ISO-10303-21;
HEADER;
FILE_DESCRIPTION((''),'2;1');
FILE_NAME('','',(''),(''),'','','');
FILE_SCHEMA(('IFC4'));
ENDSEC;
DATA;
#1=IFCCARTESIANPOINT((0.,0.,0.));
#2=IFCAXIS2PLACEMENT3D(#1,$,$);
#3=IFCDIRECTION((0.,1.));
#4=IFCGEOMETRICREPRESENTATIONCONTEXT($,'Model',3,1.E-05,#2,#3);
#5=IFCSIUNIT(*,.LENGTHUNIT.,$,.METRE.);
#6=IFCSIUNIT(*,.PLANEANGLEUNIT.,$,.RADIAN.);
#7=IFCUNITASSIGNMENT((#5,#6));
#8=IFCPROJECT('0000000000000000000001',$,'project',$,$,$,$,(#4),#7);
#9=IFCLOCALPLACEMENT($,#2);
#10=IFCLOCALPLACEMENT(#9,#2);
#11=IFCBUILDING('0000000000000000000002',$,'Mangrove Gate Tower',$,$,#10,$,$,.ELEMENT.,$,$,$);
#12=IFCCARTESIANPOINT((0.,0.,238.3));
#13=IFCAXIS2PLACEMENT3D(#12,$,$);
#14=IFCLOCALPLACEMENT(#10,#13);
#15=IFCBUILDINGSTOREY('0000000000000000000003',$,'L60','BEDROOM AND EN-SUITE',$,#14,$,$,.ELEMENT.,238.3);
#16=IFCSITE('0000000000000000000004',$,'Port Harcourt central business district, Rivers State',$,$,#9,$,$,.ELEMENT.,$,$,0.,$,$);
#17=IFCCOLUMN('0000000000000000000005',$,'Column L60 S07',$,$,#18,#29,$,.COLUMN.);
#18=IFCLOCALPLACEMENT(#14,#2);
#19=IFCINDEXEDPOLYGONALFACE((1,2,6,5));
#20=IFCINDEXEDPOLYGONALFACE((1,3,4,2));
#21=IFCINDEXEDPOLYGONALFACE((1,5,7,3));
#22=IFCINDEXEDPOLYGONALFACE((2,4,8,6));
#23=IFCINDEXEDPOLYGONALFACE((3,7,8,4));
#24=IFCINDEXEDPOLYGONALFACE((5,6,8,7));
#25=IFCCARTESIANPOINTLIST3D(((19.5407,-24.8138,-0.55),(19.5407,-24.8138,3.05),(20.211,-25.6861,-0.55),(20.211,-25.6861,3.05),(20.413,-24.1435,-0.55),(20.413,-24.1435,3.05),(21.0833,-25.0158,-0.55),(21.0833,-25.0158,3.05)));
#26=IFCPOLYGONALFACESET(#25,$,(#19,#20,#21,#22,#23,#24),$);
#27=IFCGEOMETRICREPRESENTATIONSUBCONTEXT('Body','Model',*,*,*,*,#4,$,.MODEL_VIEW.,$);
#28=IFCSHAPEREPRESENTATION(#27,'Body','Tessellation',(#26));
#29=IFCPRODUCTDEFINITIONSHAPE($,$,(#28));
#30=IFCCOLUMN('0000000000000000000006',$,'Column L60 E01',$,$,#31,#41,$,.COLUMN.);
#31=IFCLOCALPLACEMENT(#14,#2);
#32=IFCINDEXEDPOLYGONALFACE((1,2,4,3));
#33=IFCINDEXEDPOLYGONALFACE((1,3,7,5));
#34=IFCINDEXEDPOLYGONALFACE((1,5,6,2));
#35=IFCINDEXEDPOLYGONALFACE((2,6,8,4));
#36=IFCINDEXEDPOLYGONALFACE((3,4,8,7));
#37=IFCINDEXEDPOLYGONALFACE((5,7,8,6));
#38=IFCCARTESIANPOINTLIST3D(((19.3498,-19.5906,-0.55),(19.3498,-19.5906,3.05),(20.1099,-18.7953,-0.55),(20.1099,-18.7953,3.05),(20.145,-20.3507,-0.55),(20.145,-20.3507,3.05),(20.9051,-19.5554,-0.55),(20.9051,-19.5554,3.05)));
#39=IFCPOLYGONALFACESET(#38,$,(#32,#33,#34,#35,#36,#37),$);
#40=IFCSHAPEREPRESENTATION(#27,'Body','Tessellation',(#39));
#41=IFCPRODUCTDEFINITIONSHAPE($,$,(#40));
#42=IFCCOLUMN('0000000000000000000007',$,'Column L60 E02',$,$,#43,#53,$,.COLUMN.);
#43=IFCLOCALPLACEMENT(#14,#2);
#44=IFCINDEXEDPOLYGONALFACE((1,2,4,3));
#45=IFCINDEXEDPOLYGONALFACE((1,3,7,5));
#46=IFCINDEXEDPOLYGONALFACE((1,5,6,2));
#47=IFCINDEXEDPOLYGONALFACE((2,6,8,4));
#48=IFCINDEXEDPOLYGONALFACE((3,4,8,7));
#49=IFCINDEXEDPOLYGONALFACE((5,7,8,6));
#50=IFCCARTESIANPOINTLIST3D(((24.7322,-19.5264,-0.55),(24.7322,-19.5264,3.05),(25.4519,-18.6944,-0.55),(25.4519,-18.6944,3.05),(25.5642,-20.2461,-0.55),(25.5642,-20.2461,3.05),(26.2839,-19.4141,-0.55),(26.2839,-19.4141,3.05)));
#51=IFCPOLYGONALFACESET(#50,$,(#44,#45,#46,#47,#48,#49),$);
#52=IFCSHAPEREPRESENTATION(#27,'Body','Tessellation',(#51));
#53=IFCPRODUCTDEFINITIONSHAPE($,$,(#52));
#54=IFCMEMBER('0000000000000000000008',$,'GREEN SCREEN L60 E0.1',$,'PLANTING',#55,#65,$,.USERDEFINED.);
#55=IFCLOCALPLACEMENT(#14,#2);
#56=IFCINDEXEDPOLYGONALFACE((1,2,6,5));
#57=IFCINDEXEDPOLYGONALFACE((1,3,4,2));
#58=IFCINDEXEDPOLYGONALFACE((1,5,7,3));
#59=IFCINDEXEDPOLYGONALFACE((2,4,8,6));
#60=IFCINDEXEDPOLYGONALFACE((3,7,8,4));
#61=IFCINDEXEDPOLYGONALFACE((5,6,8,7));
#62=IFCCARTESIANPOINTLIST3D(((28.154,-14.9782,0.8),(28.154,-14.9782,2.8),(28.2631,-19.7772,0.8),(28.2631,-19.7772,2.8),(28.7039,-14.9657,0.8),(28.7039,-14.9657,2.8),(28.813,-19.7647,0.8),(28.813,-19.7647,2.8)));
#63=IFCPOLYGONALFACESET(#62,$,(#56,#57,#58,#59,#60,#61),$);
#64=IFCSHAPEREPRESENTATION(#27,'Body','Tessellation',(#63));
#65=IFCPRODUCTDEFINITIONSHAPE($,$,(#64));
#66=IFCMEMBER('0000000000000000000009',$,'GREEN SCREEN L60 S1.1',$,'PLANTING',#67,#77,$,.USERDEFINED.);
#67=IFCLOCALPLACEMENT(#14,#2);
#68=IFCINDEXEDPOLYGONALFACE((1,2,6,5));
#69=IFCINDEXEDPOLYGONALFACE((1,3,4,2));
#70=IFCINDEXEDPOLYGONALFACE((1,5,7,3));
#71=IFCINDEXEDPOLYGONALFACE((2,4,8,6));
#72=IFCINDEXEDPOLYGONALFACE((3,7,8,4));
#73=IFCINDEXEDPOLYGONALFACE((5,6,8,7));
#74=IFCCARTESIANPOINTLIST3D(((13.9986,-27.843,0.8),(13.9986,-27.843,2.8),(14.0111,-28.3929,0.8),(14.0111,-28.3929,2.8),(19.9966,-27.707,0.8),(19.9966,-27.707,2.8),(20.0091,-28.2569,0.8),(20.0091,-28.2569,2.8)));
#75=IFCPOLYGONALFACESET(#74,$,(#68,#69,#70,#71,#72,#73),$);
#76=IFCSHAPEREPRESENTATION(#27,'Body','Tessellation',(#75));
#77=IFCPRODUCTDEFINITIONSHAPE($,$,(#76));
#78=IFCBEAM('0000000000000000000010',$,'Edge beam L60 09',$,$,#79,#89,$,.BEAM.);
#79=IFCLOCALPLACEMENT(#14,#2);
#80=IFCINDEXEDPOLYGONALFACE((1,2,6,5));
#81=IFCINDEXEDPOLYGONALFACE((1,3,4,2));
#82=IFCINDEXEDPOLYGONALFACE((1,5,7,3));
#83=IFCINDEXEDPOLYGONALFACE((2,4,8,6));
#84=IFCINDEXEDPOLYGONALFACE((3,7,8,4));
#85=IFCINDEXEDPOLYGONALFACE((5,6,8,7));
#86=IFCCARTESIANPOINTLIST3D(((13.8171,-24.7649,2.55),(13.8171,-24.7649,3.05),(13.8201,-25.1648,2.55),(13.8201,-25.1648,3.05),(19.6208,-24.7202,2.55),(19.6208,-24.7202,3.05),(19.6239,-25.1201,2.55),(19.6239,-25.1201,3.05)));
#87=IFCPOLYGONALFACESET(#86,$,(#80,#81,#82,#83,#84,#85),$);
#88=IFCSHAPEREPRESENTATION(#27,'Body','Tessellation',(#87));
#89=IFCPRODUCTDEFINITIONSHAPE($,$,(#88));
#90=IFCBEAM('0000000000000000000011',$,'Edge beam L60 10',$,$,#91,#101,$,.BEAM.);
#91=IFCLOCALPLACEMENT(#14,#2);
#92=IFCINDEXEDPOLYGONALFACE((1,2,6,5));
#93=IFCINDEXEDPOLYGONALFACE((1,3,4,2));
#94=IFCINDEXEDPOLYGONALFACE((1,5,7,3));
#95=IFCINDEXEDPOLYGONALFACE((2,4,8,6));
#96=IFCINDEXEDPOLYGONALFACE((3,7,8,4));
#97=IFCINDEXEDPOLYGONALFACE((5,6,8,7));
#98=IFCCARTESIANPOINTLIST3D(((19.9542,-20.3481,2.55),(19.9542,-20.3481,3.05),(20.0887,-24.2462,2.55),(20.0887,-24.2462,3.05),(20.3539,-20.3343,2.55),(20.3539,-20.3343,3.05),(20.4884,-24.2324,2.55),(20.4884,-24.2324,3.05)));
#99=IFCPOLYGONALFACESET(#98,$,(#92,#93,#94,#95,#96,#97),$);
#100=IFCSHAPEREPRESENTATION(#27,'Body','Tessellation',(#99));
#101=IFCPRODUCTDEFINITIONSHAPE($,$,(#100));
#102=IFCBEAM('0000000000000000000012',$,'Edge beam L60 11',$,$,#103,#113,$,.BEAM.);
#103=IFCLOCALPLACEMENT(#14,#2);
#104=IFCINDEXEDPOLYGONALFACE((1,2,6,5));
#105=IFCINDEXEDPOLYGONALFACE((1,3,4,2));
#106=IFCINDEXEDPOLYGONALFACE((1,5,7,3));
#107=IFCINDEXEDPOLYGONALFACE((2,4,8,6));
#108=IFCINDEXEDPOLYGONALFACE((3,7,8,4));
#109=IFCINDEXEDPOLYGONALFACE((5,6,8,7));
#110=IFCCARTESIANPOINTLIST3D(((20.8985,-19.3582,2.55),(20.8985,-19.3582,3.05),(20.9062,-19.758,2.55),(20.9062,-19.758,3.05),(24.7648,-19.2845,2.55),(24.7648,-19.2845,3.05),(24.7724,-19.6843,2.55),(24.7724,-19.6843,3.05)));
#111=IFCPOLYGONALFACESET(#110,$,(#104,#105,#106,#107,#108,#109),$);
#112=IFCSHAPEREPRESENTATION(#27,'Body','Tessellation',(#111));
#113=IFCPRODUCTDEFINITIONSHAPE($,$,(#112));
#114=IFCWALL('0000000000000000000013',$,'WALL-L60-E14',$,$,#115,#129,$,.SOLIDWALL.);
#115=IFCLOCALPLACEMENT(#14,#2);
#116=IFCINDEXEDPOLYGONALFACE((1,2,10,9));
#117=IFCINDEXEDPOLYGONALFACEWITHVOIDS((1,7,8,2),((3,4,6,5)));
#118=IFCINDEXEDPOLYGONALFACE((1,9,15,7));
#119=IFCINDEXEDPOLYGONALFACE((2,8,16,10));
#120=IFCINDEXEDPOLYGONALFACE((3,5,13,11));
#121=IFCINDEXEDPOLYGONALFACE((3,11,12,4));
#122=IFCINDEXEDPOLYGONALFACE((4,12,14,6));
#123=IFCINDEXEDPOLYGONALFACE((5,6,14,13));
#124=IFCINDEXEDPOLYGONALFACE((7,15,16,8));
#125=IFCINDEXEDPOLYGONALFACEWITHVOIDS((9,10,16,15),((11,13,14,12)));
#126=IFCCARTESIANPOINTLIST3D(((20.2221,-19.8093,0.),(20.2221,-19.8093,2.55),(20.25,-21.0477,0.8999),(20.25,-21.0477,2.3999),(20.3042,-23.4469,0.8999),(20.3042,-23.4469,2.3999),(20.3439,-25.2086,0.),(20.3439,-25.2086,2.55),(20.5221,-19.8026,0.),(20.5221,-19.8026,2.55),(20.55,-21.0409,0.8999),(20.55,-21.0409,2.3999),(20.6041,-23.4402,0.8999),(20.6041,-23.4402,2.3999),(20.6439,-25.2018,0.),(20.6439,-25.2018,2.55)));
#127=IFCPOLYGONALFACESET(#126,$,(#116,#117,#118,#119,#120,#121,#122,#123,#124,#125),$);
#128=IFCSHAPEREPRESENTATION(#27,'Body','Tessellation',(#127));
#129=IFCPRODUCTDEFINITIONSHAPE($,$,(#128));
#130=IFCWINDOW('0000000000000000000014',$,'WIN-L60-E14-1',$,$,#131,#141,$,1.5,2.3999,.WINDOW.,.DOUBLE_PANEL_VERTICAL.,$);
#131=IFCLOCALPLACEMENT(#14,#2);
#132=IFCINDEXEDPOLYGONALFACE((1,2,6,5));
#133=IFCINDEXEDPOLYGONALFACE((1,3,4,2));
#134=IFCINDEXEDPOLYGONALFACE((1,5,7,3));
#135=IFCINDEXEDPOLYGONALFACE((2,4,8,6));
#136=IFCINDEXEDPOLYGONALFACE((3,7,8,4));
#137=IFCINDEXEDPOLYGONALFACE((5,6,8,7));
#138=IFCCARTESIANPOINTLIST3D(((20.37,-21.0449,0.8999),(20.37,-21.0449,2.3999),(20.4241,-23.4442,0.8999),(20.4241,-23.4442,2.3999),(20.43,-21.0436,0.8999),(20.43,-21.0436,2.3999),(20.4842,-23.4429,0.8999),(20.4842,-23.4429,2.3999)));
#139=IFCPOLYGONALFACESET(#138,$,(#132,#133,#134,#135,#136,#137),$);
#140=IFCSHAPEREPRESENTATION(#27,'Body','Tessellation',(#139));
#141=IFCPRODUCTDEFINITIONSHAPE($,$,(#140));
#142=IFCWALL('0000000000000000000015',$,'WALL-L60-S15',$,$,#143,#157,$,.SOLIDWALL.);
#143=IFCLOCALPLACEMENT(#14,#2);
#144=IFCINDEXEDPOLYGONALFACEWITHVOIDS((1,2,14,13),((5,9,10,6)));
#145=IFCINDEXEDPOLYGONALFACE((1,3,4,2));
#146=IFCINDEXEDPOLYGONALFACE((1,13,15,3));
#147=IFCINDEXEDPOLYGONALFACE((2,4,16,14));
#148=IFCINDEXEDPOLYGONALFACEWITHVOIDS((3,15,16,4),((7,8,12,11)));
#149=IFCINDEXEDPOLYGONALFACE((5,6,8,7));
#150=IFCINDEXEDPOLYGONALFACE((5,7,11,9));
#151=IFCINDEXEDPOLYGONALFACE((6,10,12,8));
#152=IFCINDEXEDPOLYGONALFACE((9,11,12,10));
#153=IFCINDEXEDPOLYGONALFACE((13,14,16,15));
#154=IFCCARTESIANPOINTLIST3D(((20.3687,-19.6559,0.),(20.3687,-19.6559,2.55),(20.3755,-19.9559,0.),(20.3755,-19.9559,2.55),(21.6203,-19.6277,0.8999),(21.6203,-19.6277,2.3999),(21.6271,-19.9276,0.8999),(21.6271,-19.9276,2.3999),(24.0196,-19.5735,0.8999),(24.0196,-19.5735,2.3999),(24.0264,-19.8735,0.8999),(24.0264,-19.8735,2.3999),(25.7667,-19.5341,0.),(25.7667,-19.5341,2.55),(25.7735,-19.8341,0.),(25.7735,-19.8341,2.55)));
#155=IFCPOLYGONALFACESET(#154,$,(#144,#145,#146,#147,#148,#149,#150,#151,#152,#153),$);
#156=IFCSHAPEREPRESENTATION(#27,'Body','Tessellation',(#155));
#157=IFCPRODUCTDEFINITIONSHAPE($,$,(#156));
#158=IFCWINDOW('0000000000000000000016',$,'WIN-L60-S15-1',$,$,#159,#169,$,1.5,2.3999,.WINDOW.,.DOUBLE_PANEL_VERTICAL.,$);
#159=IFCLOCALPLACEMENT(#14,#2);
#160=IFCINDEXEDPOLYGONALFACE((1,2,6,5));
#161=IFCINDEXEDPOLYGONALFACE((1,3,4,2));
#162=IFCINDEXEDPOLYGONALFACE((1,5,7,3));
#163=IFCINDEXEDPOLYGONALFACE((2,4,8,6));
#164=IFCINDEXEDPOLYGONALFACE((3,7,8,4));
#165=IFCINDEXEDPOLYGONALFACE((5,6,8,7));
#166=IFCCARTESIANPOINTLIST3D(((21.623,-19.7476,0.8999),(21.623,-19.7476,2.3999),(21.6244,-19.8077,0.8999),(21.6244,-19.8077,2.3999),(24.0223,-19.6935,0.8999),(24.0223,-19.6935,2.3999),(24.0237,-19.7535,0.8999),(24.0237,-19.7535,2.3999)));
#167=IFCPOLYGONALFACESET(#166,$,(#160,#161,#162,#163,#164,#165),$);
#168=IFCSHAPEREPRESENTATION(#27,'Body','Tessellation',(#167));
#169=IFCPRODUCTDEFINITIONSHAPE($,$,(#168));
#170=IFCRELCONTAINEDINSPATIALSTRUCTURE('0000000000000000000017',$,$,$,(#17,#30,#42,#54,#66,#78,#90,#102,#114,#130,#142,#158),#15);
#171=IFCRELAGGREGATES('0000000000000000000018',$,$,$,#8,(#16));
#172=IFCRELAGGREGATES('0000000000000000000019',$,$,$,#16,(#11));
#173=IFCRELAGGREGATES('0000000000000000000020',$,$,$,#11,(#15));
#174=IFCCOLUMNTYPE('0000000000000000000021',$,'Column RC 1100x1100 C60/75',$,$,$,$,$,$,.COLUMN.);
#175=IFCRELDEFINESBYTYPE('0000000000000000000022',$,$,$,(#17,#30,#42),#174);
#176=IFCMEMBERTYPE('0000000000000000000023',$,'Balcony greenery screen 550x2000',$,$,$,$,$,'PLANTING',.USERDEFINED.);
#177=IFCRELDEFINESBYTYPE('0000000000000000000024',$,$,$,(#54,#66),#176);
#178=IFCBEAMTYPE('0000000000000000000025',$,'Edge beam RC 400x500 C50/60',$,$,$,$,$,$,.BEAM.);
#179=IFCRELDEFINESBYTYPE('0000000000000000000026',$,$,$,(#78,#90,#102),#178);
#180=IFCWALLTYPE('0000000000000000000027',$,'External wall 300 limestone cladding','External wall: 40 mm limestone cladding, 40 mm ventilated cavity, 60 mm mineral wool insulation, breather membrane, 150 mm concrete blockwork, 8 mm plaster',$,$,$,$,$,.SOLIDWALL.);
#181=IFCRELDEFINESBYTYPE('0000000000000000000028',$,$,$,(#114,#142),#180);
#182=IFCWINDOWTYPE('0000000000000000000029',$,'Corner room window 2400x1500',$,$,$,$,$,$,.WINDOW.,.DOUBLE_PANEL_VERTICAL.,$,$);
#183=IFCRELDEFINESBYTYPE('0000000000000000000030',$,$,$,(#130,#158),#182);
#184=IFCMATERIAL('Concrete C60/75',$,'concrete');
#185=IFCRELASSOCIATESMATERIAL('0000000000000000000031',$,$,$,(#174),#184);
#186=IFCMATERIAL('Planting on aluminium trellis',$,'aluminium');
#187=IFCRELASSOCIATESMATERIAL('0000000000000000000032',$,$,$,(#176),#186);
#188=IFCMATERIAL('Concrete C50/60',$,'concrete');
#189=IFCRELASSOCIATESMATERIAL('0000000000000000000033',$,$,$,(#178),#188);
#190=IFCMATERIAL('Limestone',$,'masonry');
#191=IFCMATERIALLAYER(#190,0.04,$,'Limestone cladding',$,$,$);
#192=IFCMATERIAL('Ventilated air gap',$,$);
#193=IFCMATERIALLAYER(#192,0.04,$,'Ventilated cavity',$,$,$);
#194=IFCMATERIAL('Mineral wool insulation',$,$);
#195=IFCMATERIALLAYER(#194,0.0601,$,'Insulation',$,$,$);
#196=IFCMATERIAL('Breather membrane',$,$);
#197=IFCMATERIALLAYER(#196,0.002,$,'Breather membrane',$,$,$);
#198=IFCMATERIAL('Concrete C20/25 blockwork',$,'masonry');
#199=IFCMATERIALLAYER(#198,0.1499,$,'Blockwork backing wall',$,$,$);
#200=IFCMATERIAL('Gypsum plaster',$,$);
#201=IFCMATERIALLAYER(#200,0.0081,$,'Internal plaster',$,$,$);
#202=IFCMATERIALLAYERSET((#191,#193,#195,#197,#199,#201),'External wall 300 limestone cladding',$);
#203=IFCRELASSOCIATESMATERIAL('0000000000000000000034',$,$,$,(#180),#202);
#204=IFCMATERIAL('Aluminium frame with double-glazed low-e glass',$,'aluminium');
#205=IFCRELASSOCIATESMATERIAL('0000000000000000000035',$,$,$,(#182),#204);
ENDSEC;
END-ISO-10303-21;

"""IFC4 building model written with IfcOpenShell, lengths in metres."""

from ifc_helpers import new_model, si_unit, direction, frame, frame_2d, origin, origin_2d, place, context, subcontext, project, spatial, rectangle, extrude, material, layer, layer_set, material_profile, profile_set, type_object, element, fill, save


model = new_model("IFC4")

# Units and contexts
model_context = context("Model", 3, precision=1e-05, world=origin(), true_north=direction((0.0, 1.0)))
body_context = subcontext(model_context, "Body", "Model", "MODEL_VIEW")
ifc_project = project(units=[si_unit("LENGTHUNIT", "METRE"), si_unit("PLANEANGLEUNIT", "RADIAN")], contexts=[model_context])

# Site, building, storey
site_placement = place(None, origin())
site = spatial("IfcSite", under=ifc_project, at=site_placement, Name="Port Harcourt central business district, Rivers State", CompositionType="ELEMENT", RefElevation=0.0)
building_placement = place(site_placement, origin())
building = spatial("IfcBuilding", under=site, at=building_placement, Name="Mangrove Gate Tower", CompositionType="ELEMENT")
storey_placement = place(building_placement, frame((0.0, 0.0, 238.3)))
storey = spatial("IfcBuildingStorey", under=building, at=storey_placement, Name="L60", Description="BEDROOM AND EN-SUITE", CompositionType="ELEMENT", Elevation=238.3)

# Columns
ifc_material_1 = material(Name="Concrete C60/75", Category="concrete")
ifc_material_profile_1 = material_profile(ifc_material_1, rectangle(XDim=1.1001, YDim=1.1001, at=origin_2d()))
ifc_profile_set_1 = profile_set([ifc_material_profile_1], Name="Concrete C60/75")
column_type = type_object("IfcColumnType", Name="Column RC 1100x1100 C60/75", PredefinedType="COLUMN", material=ifc_profile_set_1)
for number, where, z_axis, x_axis, name in (
    (1, (20.312, -24.9148, -0.55), (0.0, 0.0, 1.0), (0.792958, 0.609277, 0.0), "Column L60 S07"),
    (2, (20.1274, -19.573, -0.55), (0.0, 0.0, 1.0), (0.690952, 0.722901, 0.0), "Column L60 E01"),
    (3, (25.5081, -19.4702, -0.55), (0.0, 0.0, 1.0), (0.654235, 0.756292, 0.0), "Column L60 E02"),
):
    element("IfcColumn", number, at=place(storey_placement, frame(where, z_axis=z_axis, x_axis=x_axis)), inside=storey, type_object=column_type, Name=name, PredefinedType="COLUMN", context=body_context, shape_type="SweptSolid", body=[
        extrude(rectangle(XDim=1.1001, YDim=1.1001, at=origin_2d()), origin(), (0.0, 0.0, 1.0), 3.6001),
    ])

# Members
ifc_material_2 = material(Name="Planting on aluminium trellis", Category="aluminium")
ifc_material_profile_2 = material_profile(ifc_material_2, rectangle(XDim=0.55, YDim=2.0, at=origin_2d()))
ifc_profile_set_2 = profile_set([ifc_material_profile_2], Name="Planting on aluminium trellis")
member_type = type_object("IfcMemberType", Name="Balcony greenery screen 550x2000", ElementType="PLANTING", PredefinedType="USERDEFINED", material=ifc_profile_set_2)
member_1_placement = place(storey_placement, frame((28.5381, -19.771, 1.8), z_axis=(-0.022734, 0.999742, 0.0), x_axis=(-0.999742, -0.022734, 0.0)))
element("IfcMember", 4, at=member_1_placement, inside=storey, type_object=member_type, Name="GREEN SCREEN L60 E0.1", ObjectType="PLANTING", PredefinedType="USERDEFINED", context=body_context, shape_type="SweptSolid", body=[
    extrude(rectangle(XDim=0.55, YDim=2.0, at=origin_2d()), origin(), (0.0, 0.0, 1.0), 4.8003),
])
member_2_placement = place(storey_placement, frame((14.0049, -28.1179, 1.8), z_axis=(0.999743, 0.022666, 0.0), x_axis=(-0.022666, 0.999743, 0.0)))
element("IfcMember", 5, at=member_2_placement, inside=storey, type_object=member_type, Name="GREEN SCREEN L60 S1.1", ObjectType="PLANTING", PredefinedType="USERDEFINED", context=body_context, shape_type="SweptSolid", body=[
    extrude(rectangle(XDim=0.55, YDim=2.0, at=origin_2d()), origin(), (0.0, 0.0, 1.0), 5.9995),
])

# Beams
ifc_material_3 = material(Name="Concrete C50/60", Category="concrete")
ifc_material_profile_3 = material_profile(ifc_material_3, rectangle(XDim=0.3999, YDim=0.5, at=origin_2d()))
ifc_profile_set_3 = profile_set([ifc_material_profile_3], Name="Concrete C50/60")
beam_type = type_object("IfcBeamType", Name="Edge beam RC 400x500 C50/60", PredefinedType="BEAM", material=ifc_profile_set_3)
beam_1_placement = place(storey_placement, frame((13.8186, -24.9648, 2.8), z_axis=(0.99997, 0.007698, 0.0), x_axis=(-0.007698, 0.99997, 0.0)))
element("IfcBeam", 6, at=beam_1_placement, inside=storey, type_object=beam_type, Name="Edge beam L60 09", PredefinedType="BEAM", context=body_context, shape_type="SweptSolid", body=[
    extrude(rectangle(XDim=0.3999, YDim=0.5, at=origin_2d()), origin(), (0.0, 0.0, 1.0), 5.804),
])
beam_2_placement = place(storey_placement, frame((20.2886, -24.2393, 2.8), z_axis=(-0.03449, 0.999405, 0.0), x_axis=(-0.999405, -0.03449, 0.0)))
element("IfcBeam", 7, at=beam_2_placement, inside=storey, type_object=beam_type, Name="Edge beam L60 10", PredefinedType="BEAM", context=body_context, shape_type="SweptSolid", body=[
    extrude(rectangle(XDim=0.3999, YDim=0.5, at=origin_2d()), origin(), (0.0, 0.0, 1.0), 3.9004),
])
beam_3_placement = place(storey_placement, frame((20.9023, -19.5581, 2.8), z_axis=(0.999818, 0.019067, 0.0), x_axis=(-0.019067, 0.999818, 0.0)))
element("IfcBeam", 8, at=beam_3_placement, inside=storey, type_object=beam_type, Name="Edge beam L60 11", PredefinedType="BEAM", context=body_context, shape_type="SweptSolid", body=[
    extrude(rectangle(XDim=0.3999, YDim=0.5, at=origin_2d()), origin(), (0.0, 0.0, 1.0), 3.8669),
])

# Shared definitions
ifc_material_4 = material(Name="Limestone", Category="masonry")
ifc_layer_1 = layer(ifc_material_4, 0.04, Name="Limestone cladding")
ifc_material_5 = material(Name="Ventilated air gap")
ifc_layer_2 = layer(ifc_material_5, 0.04, Name="Ventilated cavity")
ifc_material_6 = material(Name="Mineral wool insulation")
ifc_layer_3 = layer(ifc_material_6, 0.0601, Name="Insulation")
ifc_material_7 = material(Name="Breather membrane")
ifc_layer_4 = layer(ifc_material_7, 0.002, Name="Breather membrane")
ifc_material_8 = material(Name="Concrete C20/25 blockwork", Category="masonry")
ifc_layer_5 = layer(ifc_material_8, 0.1499, Name="Blockwork backing wall")
ifc_material_9 = material(Name="Gypsum plaster")
ifc_layer_6 = layer(ifc_material_9, 0.0081, Name="Internal plaster")
ifc_layer_set_1 = layer_set([ifc_layer_1, ifc_layer_2, ifc_layer_3, ifc_layer_4, ifc_layer_5, ifc_layer_6], Name="External wall 300 limestone cladding")
wall_type_1 = type_object("IfcWallType", Name="External wall 300 limestone cladding", Description="External wall: 40 mm limestone cladding, 40 mm ventilated cavity, 60 mm mineral wool insulation, breather membrane, 150 mm concrete blockwork, 8 mm plaster", PredefinedType="SOLIDWALL", material=ifc_layer_set_1)
ifc_material_10 = material(Name="Aluminium frame with double-glazed low-e glass", Category="aluminium")
window_type = type_object("IfcWindowType", Name="Corner room window 2400x1500", PartitioningType="DOUBLE_PANEL_VERTICAL", PredefinedType="WINDOW", material=ifc_material_10)

# Walls, openings, windows
wall_1_placement = place(storey_placement, frame((20.4939, -25.2051, 0.0), z_axis=(0.0, 0.0, 1.0), x_axis=(-0.022558, 0.999746, 0.0)))
wall_1 = element("IfcWall", 9, at=wall_1_placement, inside=storey, type_object=wall_type_1, Name="WALL-L60-E14", PredefinedType="SOLIDWALL", context=body_context, shape_type="SweptSolid", body=[
    extrude(rectangle(XDim=5.4006, YDim=0.3, at=frame_2d((2.7002, 0.0))), origin(), (0.0, 0.0, 1.0), 2.55),
])
opening_1_placement = place(wall_1_placement, frame((1.762, 0.0, 0.8999)))
opening_1 = element("IfcOpeningElement", 10, at=opening_1_placement, cuts=wall_1, PredefinedType="OPENING", context=body_context, shape_type="SweptSolid", body=[
    extrude(rectangle(XDim=2.3999, YDim=1.5, at=frame_2d((1.2, 0.75))), frame((0.0, 0.1599, 0.0), z_axis=(0.0, -1.0, 0.0), x_axis=(1.0, 0.0, 0.0)), (0.0, 0.0, 1.0), 0.3201),
])
window_1_placement = place(opening_1_placement, origin())
window_1 = element("IfcWindow", 11, at=window_1_placement, inside=storey, type_object=window_type, Name="WIN-L60-E14-1", OverallHeight=1.5, OverallWidth=2.3999, PartitioningType="DOUBLE_PANEL_VERTICAL", PredefinedType="WINDOW", context=body_context, shape_type="SweptSolid", body=[
    extrude(rectangle(XDim=2.3999, YDim=1.5, at=frame_2d((1.2, 0.75))), frame((0.0, 0.03, 0.0), z_axis=(0.0, -1.0, 0.0), x_axis=(1.0, 0.0, 0.0)), (0.0, 0.0, 1.0), 0.0601),
])
fill(opening_1, window_1)
wall_2_placement = place(storey_placement, frame((20.3721, -19.8059, 0.0), z_axis=(0.0, 0.0, 1.0), x_axis=(0.999745, 0.022563, 0.0)))
wall_2 = element("IfcWall", 12, at=wall_2_placement, inside=storey, type_object=wall_type_1, Name="WALL-L60-S15", PredefinedType="SOLIDWALL", context=body_context, shape_type="SweptSolid", body=[
    extrude(rectangle(XDim=5.3994, YDim=0.3, at=frame_2d((2.6997, 0.0))), origin(), (0.0, 0.0, 1.0), 2.55),
])
opening_2_placement = place(wall_2_placement, frame((1.252, 0.0, 0.8999)))
opening_2 = element("IfcOpeningElement", 13, at=opening_2_placement, cuts=wall_2, PredefinedType="OPENING", context=body_context, shape_type="SweptSolid", body=[
    extrude(rectangle(XDim=2.3999, YDim=1.5, at=frame_2d((1.2, 0.75))), frame((0.0, 0.1599, 0.0), z_axis=(0.0, -1.0, 0.0), x_axis=(1.0, 0.0, 0.0)), (0.0, 0.0, 1.0), 0.3201),
])
window_2_placement = place(opening_2_placement, origin())
window_2 = element("IfcWindow", 14, at=window_2_placement, inside=storey, type_object=window_type, Name="WIN-L60-S15-1", OverallHeight=1.5, OverallWidth=2.3999, PartitioningType="DOUBLE_PANEL_VERTICAL", PredefinedType="WINDOW", context=body_context, shape_type="SweptSolid", body=[
    extrude(rectangle(XDim=2.3999, YDim=1.5, at=frame_2d((1.2, 0.75))), frame((0.0, 0.03, 0.0), z_axis=(0.0, -1.0, 0.0), x_axis=(1.0, 0.0, 0.0)), (0.0, 0.0, 1.0), 0.0601),
])
fill(opening_2, window_2)

save(model, "model.ifc")
